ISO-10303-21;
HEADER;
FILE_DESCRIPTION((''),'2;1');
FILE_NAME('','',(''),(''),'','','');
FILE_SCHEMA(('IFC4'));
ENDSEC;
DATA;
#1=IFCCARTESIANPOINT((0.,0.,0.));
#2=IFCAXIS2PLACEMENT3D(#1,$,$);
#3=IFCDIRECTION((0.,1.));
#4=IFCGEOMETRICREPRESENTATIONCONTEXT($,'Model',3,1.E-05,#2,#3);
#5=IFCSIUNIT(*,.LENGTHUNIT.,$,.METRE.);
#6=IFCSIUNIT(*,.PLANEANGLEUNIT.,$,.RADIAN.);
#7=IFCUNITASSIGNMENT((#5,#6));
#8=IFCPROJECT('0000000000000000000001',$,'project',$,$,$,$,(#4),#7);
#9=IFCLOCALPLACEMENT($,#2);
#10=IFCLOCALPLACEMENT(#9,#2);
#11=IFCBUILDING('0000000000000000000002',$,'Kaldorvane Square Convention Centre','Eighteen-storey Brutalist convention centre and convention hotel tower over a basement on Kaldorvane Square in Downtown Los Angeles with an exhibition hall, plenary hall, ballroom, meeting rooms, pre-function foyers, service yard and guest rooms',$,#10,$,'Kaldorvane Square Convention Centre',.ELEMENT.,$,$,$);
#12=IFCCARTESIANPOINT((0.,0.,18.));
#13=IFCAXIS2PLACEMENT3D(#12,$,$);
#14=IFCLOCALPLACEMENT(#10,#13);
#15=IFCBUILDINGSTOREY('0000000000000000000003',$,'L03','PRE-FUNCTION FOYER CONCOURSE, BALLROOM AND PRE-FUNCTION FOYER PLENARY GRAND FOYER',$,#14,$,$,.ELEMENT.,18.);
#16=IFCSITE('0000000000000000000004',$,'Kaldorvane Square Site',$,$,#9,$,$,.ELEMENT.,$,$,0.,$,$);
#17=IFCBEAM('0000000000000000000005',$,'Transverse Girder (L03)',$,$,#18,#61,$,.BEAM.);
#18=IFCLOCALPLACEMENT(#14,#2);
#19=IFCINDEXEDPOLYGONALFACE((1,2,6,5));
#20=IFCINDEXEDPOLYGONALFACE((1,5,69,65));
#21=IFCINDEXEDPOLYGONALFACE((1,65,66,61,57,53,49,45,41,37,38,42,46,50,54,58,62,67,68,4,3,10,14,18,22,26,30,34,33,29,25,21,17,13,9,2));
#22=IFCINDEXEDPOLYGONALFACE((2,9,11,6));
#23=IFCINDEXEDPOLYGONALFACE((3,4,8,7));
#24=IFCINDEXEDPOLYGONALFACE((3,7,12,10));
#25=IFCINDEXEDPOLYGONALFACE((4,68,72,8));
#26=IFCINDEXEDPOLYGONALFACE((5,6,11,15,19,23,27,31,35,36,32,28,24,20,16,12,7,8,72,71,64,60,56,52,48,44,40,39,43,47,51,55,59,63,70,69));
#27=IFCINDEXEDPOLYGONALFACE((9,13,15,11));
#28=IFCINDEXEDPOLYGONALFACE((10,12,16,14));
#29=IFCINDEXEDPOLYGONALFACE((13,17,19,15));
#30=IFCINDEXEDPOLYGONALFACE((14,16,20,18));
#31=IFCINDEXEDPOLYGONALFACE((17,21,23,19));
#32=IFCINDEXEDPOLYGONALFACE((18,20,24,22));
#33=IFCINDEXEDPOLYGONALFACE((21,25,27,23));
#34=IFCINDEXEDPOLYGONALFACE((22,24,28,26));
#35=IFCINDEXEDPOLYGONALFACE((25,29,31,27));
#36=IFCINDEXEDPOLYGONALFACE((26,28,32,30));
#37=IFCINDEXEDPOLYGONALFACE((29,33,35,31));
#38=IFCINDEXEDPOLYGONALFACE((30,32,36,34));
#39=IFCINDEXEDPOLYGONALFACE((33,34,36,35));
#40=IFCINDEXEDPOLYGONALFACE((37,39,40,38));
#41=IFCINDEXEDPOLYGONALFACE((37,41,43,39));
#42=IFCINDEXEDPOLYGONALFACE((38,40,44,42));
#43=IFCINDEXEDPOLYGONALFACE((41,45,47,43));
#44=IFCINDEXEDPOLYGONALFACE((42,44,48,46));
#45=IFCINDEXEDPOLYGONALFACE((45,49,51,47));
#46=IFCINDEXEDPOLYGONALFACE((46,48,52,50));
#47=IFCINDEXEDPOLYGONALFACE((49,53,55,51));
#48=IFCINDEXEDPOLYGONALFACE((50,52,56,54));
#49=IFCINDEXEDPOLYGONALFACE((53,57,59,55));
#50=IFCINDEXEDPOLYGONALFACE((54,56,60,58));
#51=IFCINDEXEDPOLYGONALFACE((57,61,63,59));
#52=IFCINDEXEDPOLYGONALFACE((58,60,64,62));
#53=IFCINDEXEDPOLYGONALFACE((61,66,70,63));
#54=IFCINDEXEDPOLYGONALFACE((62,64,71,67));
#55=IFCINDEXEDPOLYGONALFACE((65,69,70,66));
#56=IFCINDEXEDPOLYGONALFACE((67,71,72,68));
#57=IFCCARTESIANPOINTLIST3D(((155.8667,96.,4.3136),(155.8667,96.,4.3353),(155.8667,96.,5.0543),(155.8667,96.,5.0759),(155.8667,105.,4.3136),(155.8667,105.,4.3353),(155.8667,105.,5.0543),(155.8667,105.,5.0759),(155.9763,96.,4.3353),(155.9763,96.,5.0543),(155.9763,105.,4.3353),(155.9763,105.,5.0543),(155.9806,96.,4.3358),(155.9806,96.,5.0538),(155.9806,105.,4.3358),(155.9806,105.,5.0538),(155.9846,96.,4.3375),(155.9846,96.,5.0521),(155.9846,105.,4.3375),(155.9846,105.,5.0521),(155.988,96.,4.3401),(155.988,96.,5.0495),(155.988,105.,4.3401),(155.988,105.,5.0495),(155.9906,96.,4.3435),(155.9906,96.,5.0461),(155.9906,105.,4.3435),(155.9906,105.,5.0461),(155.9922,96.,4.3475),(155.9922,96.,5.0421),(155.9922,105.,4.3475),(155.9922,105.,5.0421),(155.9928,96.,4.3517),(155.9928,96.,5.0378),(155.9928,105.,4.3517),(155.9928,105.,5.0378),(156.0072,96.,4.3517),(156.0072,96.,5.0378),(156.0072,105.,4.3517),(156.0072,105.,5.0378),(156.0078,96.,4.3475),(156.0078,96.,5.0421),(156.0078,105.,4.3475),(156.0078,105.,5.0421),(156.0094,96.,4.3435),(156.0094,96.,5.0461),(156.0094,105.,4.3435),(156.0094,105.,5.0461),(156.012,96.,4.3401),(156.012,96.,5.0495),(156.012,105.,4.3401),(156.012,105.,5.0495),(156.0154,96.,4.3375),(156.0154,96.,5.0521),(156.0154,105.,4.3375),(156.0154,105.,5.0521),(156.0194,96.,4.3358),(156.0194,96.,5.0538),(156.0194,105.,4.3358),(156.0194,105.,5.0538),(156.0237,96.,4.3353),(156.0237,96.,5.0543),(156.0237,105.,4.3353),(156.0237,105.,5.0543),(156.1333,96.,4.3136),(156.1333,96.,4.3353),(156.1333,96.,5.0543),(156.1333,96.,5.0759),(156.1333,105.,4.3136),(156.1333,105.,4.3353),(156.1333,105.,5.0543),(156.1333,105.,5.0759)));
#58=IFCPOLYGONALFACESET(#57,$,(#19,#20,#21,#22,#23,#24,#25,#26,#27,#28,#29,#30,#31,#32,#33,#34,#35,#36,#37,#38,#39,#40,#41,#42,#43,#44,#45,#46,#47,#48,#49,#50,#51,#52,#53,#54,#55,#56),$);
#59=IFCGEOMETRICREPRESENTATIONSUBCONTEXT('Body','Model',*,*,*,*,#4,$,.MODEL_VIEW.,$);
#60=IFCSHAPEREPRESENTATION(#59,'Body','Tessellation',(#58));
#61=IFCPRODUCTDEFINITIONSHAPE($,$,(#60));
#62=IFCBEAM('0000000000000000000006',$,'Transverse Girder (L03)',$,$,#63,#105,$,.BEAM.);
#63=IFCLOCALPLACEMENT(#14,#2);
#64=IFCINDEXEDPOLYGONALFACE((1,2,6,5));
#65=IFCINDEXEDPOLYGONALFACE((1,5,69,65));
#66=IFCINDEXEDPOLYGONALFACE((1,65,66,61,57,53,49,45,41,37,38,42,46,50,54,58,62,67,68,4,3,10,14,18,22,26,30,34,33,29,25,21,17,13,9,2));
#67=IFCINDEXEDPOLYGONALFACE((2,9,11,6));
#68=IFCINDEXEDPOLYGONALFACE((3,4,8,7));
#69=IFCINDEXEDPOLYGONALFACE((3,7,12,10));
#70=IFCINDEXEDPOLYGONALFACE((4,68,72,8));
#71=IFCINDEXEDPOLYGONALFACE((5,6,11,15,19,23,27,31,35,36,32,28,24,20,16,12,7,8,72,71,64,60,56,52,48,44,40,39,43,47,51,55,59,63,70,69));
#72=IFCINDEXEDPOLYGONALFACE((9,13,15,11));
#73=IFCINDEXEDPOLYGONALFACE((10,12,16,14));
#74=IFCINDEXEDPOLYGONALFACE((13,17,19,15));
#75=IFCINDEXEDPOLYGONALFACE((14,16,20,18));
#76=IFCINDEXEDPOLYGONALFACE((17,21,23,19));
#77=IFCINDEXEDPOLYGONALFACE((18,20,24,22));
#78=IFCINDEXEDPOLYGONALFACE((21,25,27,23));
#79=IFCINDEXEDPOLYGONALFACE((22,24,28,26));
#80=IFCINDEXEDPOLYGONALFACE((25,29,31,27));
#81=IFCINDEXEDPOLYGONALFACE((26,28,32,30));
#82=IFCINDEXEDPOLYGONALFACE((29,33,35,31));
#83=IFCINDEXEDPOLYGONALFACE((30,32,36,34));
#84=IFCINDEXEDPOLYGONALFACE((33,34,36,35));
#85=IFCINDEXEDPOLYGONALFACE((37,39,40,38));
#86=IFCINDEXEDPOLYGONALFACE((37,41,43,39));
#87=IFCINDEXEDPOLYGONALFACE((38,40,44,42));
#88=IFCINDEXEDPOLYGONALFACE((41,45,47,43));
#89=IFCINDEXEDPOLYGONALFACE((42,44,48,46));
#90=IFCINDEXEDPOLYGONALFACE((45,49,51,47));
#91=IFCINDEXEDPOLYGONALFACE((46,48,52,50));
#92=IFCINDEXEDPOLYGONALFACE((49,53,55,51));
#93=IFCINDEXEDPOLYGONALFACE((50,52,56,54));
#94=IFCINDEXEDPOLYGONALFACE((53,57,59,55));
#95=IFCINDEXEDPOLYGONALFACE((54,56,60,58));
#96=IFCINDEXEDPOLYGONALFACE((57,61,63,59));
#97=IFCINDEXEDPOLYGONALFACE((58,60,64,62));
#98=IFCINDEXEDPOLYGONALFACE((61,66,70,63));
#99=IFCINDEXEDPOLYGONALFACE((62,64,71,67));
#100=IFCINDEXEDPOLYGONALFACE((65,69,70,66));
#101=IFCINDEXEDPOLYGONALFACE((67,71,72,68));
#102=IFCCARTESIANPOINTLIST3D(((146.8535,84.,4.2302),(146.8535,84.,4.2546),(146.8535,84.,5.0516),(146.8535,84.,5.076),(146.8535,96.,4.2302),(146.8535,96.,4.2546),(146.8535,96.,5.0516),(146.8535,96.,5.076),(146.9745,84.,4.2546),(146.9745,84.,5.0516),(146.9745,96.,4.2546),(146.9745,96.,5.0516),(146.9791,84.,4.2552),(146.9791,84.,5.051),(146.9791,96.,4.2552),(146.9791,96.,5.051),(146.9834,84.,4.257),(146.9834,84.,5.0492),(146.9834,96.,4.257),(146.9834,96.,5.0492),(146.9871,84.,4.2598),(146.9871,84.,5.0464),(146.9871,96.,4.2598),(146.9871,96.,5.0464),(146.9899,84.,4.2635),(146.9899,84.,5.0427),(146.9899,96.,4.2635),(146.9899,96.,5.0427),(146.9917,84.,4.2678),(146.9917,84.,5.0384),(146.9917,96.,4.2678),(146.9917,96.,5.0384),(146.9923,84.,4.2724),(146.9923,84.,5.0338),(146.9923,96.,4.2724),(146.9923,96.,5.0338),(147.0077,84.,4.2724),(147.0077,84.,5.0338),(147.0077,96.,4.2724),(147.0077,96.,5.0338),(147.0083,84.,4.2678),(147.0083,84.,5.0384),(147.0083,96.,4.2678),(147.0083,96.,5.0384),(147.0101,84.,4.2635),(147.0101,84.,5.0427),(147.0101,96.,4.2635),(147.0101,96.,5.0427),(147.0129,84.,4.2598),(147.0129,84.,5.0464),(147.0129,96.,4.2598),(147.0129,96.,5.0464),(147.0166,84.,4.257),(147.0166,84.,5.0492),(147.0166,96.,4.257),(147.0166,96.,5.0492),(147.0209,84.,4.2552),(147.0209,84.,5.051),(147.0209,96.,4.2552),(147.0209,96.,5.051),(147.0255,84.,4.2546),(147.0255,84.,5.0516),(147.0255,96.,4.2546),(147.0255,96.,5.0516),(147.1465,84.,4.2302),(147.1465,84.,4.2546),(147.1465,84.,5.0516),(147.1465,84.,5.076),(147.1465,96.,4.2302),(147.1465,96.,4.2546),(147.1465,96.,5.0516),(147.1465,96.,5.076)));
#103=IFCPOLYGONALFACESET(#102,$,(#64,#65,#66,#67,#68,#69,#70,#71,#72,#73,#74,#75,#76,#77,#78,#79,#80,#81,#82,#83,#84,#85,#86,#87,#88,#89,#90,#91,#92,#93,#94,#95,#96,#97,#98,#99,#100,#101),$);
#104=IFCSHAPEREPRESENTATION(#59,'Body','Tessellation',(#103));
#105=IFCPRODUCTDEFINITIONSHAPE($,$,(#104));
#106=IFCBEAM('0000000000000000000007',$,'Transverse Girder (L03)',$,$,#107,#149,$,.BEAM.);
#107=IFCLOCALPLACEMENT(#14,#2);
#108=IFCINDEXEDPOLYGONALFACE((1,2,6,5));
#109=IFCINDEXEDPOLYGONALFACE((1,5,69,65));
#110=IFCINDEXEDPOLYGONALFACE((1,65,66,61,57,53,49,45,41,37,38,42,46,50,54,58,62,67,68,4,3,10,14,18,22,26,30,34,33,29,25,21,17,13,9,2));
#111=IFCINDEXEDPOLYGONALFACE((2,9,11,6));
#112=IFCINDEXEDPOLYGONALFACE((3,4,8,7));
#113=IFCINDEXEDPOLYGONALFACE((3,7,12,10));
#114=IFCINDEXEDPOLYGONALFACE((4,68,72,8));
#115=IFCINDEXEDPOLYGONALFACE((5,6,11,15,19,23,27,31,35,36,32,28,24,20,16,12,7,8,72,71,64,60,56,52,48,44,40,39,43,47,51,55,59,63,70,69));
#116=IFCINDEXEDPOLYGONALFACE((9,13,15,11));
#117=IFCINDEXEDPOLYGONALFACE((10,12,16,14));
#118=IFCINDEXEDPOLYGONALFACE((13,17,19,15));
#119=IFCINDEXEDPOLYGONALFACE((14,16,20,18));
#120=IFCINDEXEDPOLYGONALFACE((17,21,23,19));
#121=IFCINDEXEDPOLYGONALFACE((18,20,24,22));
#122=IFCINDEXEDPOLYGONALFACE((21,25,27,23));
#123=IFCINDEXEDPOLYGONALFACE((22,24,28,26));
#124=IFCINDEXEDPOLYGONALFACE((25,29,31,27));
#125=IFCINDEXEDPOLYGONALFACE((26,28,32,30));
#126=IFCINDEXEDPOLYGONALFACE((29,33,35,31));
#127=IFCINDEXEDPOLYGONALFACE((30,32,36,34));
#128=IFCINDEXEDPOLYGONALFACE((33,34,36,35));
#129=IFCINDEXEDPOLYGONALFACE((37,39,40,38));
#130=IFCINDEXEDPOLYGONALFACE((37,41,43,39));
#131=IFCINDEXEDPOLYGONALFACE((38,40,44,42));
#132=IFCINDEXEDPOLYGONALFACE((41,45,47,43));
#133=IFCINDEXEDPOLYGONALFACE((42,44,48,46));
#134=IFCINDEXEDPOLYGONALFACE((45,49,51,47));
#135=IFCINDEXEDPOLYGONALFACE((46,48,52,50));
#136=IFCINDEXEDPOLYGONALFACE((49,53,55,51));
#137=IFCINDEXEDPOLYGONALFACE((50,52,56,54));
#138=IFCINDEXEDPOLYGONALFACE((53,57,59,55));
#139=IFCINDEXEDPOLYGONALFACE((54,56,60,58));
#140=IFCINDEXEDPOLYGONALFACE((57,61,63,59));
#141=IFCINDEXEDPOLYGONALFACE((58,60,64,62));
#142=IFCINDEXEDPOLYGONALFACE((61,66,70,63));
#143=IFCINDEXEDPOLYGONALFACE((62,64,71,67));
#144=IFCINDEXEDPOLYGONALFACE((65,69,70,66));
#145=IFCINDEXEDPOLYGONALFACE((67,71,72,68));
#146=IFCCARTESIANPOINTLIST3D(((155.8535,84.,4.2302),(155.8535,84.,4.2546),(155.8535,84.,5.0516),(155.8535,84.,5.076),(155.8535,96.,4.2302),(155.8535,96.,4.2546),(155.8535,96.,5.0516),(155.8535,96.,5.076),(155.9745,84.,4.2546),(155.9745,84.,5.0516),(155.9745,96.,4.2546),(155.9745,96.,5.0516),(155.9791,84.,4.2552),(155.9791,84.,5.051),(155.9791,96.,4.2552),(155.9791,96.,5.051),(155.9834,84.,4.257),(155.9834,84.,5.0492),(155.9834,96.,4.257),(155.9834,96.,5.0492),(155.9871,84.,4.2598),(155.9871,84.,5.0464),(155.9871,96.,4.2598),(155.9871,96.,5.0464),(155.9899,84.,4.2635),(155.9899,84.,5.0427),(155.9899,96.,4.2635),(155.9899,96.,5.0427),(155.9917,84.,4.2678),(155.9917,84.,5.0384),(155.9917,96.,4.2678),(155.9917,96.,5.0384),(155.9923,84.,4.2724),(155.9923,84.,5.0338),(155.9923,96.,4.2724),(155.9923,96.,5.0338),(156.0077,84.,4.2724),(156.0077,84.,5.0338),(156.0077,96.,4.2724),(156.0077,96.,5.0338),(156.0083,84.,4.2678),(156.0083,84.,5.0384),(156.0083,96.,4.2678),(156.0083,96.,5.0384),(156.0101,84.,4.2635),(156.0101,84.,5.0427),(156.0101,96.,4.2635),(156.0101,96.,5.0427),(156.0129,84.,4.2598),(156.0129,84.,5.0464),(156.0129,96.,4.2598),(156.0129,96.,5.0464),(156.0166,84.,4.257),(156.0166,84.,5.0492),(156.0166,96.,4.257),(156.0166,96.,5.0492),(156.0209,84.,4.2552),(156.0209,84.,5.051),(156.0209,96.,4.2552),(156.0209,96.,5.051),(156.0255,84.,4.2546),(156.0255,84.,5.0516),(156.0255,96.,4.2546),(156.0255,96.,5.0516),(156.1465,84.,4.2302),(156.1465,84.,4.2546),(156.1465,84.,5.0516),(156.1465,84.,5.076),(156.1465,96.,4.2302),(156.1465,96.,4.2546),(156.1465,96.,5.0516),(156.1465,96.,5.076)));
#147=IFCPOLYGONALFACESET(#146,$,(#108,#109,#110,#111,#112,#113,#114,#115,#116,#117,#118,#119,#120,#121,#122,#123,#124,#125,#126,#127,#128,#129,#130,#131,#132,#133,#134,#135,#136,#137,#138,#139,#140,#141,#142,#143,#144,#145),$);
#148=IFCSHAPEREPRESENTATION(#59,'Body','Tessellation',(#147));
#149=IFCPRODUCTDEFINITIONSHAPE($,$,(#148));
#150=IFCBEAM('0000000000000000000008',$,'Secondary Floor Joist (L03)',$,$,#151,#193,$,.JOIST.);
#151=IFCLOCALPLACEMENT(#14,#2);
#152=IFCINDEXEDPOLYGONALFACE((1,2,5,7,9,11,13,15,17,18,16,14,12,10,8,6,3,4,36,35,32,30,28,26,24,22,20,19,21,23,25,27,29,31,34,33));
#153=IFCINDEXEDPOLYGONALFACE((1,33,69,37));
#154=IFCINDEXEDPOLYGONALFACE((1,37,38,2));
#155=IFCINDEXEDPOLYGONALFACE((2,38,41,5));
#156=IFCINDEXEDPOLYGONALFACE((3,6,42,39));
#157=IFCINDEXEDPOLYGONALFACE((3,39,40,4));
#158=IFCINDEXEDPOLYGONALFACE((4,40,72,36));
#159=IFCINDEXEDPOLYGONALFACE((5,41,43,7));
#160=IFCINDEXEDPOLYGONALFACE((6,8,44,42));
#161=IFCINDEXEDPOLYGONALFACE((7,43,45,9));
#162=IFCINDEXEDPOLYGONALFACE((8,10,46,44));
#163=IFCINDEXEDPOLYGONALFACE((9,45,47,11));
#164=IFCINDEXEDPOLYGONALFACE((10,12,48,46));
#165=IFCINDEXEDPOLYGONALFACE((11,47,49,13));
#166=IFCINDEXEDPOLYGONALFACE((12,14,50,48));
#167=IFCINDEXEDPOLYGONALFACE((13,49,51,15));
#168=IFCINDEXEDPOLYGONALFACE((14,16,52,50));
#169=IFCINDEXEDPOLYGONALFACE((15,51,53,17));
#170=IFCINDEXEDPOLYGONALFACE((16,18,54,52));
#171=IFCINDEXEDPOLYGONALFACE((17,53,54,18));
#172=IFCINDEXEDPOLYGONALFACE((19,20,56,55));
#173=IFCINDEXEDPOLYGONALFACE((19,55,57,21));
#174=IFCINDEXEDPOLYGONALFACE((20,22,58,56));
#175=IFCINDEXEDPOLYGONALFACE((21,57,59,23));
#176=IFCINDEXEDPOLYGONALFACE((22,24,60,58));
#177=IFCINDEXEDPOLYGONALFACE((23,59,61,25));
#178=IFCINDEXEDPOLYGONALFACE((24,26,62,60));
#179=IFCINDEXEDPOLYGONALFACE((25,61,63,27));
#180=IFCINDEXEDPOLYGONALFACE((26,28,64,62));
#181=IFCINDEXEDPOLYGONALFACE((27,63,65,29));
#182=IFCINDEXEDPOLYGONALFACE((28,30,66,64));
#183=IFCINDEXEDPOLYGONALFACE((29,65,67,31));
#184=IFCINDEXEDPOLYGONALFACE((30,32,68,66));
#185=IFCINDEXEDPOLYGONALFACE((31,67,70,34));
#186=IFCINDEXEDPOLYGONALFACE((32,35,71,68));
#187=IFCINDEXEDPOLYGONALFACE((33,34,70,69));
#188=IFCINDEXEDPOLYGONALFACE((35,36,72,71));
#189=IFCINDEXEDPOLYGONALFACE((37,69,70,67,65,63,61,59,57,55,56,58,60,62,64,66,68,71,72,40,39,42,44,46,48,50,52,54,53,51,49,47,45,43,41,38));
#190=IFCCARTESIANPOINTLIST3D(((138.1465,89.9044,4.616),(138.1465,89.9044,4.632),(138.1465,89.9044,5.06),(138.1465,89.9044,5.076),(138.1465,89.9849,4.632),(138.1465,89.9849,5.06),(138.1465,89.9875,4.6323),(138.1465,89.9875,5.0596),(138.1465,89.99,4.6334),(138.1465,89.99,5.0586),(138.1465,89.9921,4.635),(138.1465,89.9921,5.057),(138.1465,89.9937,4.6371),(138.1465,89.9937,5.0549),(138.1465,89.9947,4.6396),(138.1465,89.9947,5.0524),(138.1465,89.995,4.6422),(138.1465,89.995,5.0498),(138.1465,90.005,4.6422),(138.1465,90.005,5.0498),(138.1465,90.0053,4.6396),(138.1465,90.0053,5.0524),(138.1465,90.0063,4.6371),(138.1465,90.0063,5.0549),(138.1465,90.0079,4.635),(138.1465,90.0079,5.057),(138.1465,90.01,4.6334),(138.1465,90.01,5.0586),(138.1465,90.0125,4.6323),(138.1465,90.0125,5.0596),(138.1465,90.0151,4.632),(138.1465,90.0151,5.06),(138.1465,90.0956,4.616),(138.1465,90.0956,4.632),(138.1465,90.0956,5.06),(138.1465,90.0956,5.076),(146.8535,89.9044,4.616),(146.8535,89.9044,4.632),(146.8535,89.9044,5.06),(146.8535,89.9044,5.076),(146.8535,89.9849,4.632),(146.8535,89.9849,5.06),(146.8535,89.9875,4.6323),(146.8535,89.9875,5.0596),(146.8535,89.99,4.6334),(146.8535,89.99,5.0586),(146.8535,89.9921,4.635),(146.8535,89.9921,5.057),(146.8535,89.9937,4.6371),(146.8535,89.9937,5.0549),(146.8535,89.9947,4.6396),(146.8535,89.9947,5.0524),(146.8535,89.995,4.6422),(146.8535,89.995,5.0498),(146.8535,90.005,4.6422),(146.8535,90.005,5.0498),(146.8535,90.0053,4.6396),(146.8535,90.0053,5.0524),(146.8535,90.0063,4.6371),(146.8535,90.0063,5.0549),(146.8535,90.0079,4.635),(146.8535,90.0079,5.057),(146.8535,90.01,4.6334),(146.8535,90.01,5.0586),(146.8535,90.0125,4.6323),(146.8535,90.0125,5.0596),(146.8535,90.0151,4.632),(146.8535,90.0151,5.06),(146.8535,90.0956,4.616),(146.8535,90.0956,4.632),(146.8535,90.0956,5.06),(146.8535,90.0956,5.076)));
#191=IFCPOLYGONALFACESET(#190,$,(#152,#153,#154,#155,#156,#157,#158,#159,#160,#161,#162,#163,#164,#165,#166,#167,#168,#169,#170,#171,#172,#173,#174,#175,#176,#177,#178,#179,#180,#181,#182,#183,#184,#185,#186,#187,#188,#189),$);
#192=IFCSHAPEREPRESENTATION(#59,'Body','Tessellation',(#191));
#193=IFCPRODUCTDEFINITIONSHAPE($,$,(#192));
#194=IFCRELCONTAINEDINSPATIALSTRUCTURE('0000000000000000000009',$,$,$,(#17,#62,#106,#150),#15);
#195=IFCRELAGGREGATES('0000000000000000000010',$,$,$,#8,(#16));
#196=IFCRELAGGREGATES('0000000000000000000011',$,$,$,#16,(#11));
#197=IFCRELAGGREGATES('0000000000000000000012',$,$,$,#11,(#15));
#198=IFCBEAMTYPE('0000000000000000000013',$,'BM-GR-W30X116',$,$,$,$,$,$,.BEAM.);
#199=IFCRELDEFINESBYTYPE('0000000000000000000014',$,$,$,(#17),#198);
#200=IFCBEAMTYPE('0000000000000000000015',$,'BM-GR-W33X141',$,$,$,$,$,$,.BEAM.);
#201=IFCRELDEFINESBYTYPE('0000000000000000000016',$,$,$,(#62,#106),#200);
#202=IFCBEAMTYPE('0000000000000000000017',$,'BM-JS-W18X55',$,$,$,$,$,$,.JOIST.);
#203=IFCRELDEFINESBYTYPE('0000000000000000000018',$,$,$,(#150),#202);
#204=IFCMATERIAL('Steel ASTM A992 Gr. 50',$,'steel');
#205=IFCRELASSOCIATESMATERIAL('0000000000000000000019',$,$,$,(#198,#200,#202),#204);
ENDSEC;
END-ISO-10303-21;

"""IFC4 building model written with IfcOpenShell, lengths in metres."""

from ifc_helpers import new_model, si_unit, direction, frame, origin, origin_2d, place, context, subcontext, project, spatial, i_section, extrude, material, material_profile, profile_set, type_object, element, save


model = new_model("IFC4")

# Units and contexts
model_context = context("Model", 3, precision=1e-05, world=origin(), true_north=direction((0.0, 1.0)))
body_context = subcontext(model_context, "Body", "Model", "MODEL_VIEW")
ifc_project = project(units=[si_unit("LENGTHUNIT", "METRE"), si_unit("PLANEANGLEUNIT", "RADIAN")], contexts=[model_context])

# Site, building, storey
site_placement = place(None, origin())
site = spatial("IfcSite", under=ifc_project, at=site_placement, Name="Kaldorvane Square Site", CompositionType="ELEMENT", RefElevation=0.0)
building_placement = place(site_placement, origin())
building = spatial("IfcBuilding", under=site, at=building_placement, Name="Kaldorvane Square Convention Centre", Description="Eighteen-storey Brutalist convention centre and convention hotel tower over a basement on Kaldorvane Square in Downtown Los Angeles with an exhibition hall, plenary hall, ballroom, meeting rooms, pre-function foyers, service yard and guest rooms", LongName="Kaldorvane Square Convention Centre", CompositionType="ELEMENT")
storey_placement = place(building_placement, frame((0.0, 0.0, 18.0)))
storey = spatial("IfcBuildingStorey", under=building, at=storey_placement, Name="L03", Description="PRE-FUNCTION FOYER CONCOURSE, BALLROOM AND PRE-FUNCTION FOYER PLENARY GRAND FOYER", CompositionType="ELEMENT", Elevation=18.0)

# Shared definitions
ifc_material_1 = material(Name="Steel ASTM A992 Gr. 50", Category="steel")

# Beams
ifc_material_profile_1 = material_profile(ifc_material_1, i_section(OverallWidth=0.2666, OverallDepth=0.7623, WebThickness=0.0144, FlangeThickness=0.0216, FilletRadius=0.0165, at=origin_2d()), Name="W30X116")
ifc_profile_set_1 = profile_set([ifc_material_profile_1], Name="Steel ASTM A992 Gr. 50")
beam_type_1 = type_object("IfcBeamType", Name="BM-GR-W30X116", PredefinedType="BEAM", material=ifc_profile_set_1)
for number, where, z_axis, x_axis, name in (
    (1, (156.0, 96.0, 4.6948), (0.0, 1.0, 0.0), (-1.0, 0.0, 0.0), "Transverse Girder (L03)"),
):
    element("IfcBeam", number, at=place(storey_placement, frame(where, z_axis=z_axis, x_axis=x_axis)), inside=storey, type_object=beam_type_1, Name=name, PredefinedType="BEAM", context=body_context, shape_type="SweptSolid", body=[
        extrude(i_section(OverallWidth=0.2666, OverallDepth=0.7623, WebThickness=0.0144, FlangeThickness=0.0216, FilletRadius=0.0165, at=origin_2d()), origin(), (0.0, 0.0, 1.0), 9.0),
    ])
ifc_material_profile_2 = material_profile(ifc_material_1, i_section(OverallWidth=0.293, OverallDepth=0.8458, WebThickness=0.0154, FlangeThickness=0.0244, FilletRadius=0.0178, at=origin_2d()), Name="W33X141")
ifc_profile_set_2 = profile_set([ifc_material_profile_2], Name="Steel ASTM A992 Gr. 50")
beam_type_2 = type_object("IfcBeamType", Name="BM-GR-W33X141", PredefinedType="BEAM", material=ifc_profile_set_2)
for number, where, z_axis, x_axis, name in (
    (2, (147.0, 84.0, 4.6531), (0.0, 1.0, 0.0), (-1.0, 0.0, 0.0), "Transverse Girder (L03)"),
    (3, (156.0, 84.0, 4.6531), (0.0, 1.0, 0.0), (-1.0, 0.0, 0.0), "Transverse Girder (L03)"),
):
    element("IfcBeam", number, at=place(storey_placement, frame(where, z_axis=z_axis, x_axis=x_axis)), inside=storey, type_object=beam_type_2, Name=name, PredefinedType="BEAM", context=body_context, shape_type="SweptSolid", body=[
        extrude(i_section(OverallWidth=0.293, OverallDepth=0.8458, WebThickness=0.0154, FlangeThickness=0.0244, FilletRadius=0.0178, at=origin_2d()), origin(), (0.0, 0.0, 1.0), 12.0),
    ])
ifc_material_profile_3 = material_profile(ifc_material_1, i_section(OverallWidth=0.1913, OverallDepth=0.46, WebThickness=0.0099, FlangeThickness=0.016, FilletRadius=0.0102, at=origin_2d()), Name="W18X55")
ifc_profile_set_3 = profile_set([ifc_material_profile_3], Name="Steel ASTM A992 Gr. 50")
beam_type_3 = type_object("IfcBeamType", Name="BM-JS-W18X55", PredefinedType="JOIST", material=ifc_profile_set_3)
for number, where, z_axis, x_axis, name in (
    (4, (138.1465, 90.0, 4.846), (1.0, 0.0, 0.0), (0.0, 1.0, 0.0), "Secondary Floor Joist (L03)"),
):
    element("IfcBeam", number, at=place(storey_placement, frame(where, z_axis=z_axis, x_axis=x_axis)), inside=storey, type_object=beam_type_3, Name=name, PredefinedType="JOIST", context=body_context, shape_type="SweptSolid", body=[
        extrude(i_section(OverallWidth=0.1913, OverallDepth=0.46, WebThickness=0.0099, FlangeThickness=0.016, FilletRadius=0.0102, at=origin_2d()), origin(), (0.0, 0.0, 1.0), 8.707),
    ])

save(model, "model.ifc")
